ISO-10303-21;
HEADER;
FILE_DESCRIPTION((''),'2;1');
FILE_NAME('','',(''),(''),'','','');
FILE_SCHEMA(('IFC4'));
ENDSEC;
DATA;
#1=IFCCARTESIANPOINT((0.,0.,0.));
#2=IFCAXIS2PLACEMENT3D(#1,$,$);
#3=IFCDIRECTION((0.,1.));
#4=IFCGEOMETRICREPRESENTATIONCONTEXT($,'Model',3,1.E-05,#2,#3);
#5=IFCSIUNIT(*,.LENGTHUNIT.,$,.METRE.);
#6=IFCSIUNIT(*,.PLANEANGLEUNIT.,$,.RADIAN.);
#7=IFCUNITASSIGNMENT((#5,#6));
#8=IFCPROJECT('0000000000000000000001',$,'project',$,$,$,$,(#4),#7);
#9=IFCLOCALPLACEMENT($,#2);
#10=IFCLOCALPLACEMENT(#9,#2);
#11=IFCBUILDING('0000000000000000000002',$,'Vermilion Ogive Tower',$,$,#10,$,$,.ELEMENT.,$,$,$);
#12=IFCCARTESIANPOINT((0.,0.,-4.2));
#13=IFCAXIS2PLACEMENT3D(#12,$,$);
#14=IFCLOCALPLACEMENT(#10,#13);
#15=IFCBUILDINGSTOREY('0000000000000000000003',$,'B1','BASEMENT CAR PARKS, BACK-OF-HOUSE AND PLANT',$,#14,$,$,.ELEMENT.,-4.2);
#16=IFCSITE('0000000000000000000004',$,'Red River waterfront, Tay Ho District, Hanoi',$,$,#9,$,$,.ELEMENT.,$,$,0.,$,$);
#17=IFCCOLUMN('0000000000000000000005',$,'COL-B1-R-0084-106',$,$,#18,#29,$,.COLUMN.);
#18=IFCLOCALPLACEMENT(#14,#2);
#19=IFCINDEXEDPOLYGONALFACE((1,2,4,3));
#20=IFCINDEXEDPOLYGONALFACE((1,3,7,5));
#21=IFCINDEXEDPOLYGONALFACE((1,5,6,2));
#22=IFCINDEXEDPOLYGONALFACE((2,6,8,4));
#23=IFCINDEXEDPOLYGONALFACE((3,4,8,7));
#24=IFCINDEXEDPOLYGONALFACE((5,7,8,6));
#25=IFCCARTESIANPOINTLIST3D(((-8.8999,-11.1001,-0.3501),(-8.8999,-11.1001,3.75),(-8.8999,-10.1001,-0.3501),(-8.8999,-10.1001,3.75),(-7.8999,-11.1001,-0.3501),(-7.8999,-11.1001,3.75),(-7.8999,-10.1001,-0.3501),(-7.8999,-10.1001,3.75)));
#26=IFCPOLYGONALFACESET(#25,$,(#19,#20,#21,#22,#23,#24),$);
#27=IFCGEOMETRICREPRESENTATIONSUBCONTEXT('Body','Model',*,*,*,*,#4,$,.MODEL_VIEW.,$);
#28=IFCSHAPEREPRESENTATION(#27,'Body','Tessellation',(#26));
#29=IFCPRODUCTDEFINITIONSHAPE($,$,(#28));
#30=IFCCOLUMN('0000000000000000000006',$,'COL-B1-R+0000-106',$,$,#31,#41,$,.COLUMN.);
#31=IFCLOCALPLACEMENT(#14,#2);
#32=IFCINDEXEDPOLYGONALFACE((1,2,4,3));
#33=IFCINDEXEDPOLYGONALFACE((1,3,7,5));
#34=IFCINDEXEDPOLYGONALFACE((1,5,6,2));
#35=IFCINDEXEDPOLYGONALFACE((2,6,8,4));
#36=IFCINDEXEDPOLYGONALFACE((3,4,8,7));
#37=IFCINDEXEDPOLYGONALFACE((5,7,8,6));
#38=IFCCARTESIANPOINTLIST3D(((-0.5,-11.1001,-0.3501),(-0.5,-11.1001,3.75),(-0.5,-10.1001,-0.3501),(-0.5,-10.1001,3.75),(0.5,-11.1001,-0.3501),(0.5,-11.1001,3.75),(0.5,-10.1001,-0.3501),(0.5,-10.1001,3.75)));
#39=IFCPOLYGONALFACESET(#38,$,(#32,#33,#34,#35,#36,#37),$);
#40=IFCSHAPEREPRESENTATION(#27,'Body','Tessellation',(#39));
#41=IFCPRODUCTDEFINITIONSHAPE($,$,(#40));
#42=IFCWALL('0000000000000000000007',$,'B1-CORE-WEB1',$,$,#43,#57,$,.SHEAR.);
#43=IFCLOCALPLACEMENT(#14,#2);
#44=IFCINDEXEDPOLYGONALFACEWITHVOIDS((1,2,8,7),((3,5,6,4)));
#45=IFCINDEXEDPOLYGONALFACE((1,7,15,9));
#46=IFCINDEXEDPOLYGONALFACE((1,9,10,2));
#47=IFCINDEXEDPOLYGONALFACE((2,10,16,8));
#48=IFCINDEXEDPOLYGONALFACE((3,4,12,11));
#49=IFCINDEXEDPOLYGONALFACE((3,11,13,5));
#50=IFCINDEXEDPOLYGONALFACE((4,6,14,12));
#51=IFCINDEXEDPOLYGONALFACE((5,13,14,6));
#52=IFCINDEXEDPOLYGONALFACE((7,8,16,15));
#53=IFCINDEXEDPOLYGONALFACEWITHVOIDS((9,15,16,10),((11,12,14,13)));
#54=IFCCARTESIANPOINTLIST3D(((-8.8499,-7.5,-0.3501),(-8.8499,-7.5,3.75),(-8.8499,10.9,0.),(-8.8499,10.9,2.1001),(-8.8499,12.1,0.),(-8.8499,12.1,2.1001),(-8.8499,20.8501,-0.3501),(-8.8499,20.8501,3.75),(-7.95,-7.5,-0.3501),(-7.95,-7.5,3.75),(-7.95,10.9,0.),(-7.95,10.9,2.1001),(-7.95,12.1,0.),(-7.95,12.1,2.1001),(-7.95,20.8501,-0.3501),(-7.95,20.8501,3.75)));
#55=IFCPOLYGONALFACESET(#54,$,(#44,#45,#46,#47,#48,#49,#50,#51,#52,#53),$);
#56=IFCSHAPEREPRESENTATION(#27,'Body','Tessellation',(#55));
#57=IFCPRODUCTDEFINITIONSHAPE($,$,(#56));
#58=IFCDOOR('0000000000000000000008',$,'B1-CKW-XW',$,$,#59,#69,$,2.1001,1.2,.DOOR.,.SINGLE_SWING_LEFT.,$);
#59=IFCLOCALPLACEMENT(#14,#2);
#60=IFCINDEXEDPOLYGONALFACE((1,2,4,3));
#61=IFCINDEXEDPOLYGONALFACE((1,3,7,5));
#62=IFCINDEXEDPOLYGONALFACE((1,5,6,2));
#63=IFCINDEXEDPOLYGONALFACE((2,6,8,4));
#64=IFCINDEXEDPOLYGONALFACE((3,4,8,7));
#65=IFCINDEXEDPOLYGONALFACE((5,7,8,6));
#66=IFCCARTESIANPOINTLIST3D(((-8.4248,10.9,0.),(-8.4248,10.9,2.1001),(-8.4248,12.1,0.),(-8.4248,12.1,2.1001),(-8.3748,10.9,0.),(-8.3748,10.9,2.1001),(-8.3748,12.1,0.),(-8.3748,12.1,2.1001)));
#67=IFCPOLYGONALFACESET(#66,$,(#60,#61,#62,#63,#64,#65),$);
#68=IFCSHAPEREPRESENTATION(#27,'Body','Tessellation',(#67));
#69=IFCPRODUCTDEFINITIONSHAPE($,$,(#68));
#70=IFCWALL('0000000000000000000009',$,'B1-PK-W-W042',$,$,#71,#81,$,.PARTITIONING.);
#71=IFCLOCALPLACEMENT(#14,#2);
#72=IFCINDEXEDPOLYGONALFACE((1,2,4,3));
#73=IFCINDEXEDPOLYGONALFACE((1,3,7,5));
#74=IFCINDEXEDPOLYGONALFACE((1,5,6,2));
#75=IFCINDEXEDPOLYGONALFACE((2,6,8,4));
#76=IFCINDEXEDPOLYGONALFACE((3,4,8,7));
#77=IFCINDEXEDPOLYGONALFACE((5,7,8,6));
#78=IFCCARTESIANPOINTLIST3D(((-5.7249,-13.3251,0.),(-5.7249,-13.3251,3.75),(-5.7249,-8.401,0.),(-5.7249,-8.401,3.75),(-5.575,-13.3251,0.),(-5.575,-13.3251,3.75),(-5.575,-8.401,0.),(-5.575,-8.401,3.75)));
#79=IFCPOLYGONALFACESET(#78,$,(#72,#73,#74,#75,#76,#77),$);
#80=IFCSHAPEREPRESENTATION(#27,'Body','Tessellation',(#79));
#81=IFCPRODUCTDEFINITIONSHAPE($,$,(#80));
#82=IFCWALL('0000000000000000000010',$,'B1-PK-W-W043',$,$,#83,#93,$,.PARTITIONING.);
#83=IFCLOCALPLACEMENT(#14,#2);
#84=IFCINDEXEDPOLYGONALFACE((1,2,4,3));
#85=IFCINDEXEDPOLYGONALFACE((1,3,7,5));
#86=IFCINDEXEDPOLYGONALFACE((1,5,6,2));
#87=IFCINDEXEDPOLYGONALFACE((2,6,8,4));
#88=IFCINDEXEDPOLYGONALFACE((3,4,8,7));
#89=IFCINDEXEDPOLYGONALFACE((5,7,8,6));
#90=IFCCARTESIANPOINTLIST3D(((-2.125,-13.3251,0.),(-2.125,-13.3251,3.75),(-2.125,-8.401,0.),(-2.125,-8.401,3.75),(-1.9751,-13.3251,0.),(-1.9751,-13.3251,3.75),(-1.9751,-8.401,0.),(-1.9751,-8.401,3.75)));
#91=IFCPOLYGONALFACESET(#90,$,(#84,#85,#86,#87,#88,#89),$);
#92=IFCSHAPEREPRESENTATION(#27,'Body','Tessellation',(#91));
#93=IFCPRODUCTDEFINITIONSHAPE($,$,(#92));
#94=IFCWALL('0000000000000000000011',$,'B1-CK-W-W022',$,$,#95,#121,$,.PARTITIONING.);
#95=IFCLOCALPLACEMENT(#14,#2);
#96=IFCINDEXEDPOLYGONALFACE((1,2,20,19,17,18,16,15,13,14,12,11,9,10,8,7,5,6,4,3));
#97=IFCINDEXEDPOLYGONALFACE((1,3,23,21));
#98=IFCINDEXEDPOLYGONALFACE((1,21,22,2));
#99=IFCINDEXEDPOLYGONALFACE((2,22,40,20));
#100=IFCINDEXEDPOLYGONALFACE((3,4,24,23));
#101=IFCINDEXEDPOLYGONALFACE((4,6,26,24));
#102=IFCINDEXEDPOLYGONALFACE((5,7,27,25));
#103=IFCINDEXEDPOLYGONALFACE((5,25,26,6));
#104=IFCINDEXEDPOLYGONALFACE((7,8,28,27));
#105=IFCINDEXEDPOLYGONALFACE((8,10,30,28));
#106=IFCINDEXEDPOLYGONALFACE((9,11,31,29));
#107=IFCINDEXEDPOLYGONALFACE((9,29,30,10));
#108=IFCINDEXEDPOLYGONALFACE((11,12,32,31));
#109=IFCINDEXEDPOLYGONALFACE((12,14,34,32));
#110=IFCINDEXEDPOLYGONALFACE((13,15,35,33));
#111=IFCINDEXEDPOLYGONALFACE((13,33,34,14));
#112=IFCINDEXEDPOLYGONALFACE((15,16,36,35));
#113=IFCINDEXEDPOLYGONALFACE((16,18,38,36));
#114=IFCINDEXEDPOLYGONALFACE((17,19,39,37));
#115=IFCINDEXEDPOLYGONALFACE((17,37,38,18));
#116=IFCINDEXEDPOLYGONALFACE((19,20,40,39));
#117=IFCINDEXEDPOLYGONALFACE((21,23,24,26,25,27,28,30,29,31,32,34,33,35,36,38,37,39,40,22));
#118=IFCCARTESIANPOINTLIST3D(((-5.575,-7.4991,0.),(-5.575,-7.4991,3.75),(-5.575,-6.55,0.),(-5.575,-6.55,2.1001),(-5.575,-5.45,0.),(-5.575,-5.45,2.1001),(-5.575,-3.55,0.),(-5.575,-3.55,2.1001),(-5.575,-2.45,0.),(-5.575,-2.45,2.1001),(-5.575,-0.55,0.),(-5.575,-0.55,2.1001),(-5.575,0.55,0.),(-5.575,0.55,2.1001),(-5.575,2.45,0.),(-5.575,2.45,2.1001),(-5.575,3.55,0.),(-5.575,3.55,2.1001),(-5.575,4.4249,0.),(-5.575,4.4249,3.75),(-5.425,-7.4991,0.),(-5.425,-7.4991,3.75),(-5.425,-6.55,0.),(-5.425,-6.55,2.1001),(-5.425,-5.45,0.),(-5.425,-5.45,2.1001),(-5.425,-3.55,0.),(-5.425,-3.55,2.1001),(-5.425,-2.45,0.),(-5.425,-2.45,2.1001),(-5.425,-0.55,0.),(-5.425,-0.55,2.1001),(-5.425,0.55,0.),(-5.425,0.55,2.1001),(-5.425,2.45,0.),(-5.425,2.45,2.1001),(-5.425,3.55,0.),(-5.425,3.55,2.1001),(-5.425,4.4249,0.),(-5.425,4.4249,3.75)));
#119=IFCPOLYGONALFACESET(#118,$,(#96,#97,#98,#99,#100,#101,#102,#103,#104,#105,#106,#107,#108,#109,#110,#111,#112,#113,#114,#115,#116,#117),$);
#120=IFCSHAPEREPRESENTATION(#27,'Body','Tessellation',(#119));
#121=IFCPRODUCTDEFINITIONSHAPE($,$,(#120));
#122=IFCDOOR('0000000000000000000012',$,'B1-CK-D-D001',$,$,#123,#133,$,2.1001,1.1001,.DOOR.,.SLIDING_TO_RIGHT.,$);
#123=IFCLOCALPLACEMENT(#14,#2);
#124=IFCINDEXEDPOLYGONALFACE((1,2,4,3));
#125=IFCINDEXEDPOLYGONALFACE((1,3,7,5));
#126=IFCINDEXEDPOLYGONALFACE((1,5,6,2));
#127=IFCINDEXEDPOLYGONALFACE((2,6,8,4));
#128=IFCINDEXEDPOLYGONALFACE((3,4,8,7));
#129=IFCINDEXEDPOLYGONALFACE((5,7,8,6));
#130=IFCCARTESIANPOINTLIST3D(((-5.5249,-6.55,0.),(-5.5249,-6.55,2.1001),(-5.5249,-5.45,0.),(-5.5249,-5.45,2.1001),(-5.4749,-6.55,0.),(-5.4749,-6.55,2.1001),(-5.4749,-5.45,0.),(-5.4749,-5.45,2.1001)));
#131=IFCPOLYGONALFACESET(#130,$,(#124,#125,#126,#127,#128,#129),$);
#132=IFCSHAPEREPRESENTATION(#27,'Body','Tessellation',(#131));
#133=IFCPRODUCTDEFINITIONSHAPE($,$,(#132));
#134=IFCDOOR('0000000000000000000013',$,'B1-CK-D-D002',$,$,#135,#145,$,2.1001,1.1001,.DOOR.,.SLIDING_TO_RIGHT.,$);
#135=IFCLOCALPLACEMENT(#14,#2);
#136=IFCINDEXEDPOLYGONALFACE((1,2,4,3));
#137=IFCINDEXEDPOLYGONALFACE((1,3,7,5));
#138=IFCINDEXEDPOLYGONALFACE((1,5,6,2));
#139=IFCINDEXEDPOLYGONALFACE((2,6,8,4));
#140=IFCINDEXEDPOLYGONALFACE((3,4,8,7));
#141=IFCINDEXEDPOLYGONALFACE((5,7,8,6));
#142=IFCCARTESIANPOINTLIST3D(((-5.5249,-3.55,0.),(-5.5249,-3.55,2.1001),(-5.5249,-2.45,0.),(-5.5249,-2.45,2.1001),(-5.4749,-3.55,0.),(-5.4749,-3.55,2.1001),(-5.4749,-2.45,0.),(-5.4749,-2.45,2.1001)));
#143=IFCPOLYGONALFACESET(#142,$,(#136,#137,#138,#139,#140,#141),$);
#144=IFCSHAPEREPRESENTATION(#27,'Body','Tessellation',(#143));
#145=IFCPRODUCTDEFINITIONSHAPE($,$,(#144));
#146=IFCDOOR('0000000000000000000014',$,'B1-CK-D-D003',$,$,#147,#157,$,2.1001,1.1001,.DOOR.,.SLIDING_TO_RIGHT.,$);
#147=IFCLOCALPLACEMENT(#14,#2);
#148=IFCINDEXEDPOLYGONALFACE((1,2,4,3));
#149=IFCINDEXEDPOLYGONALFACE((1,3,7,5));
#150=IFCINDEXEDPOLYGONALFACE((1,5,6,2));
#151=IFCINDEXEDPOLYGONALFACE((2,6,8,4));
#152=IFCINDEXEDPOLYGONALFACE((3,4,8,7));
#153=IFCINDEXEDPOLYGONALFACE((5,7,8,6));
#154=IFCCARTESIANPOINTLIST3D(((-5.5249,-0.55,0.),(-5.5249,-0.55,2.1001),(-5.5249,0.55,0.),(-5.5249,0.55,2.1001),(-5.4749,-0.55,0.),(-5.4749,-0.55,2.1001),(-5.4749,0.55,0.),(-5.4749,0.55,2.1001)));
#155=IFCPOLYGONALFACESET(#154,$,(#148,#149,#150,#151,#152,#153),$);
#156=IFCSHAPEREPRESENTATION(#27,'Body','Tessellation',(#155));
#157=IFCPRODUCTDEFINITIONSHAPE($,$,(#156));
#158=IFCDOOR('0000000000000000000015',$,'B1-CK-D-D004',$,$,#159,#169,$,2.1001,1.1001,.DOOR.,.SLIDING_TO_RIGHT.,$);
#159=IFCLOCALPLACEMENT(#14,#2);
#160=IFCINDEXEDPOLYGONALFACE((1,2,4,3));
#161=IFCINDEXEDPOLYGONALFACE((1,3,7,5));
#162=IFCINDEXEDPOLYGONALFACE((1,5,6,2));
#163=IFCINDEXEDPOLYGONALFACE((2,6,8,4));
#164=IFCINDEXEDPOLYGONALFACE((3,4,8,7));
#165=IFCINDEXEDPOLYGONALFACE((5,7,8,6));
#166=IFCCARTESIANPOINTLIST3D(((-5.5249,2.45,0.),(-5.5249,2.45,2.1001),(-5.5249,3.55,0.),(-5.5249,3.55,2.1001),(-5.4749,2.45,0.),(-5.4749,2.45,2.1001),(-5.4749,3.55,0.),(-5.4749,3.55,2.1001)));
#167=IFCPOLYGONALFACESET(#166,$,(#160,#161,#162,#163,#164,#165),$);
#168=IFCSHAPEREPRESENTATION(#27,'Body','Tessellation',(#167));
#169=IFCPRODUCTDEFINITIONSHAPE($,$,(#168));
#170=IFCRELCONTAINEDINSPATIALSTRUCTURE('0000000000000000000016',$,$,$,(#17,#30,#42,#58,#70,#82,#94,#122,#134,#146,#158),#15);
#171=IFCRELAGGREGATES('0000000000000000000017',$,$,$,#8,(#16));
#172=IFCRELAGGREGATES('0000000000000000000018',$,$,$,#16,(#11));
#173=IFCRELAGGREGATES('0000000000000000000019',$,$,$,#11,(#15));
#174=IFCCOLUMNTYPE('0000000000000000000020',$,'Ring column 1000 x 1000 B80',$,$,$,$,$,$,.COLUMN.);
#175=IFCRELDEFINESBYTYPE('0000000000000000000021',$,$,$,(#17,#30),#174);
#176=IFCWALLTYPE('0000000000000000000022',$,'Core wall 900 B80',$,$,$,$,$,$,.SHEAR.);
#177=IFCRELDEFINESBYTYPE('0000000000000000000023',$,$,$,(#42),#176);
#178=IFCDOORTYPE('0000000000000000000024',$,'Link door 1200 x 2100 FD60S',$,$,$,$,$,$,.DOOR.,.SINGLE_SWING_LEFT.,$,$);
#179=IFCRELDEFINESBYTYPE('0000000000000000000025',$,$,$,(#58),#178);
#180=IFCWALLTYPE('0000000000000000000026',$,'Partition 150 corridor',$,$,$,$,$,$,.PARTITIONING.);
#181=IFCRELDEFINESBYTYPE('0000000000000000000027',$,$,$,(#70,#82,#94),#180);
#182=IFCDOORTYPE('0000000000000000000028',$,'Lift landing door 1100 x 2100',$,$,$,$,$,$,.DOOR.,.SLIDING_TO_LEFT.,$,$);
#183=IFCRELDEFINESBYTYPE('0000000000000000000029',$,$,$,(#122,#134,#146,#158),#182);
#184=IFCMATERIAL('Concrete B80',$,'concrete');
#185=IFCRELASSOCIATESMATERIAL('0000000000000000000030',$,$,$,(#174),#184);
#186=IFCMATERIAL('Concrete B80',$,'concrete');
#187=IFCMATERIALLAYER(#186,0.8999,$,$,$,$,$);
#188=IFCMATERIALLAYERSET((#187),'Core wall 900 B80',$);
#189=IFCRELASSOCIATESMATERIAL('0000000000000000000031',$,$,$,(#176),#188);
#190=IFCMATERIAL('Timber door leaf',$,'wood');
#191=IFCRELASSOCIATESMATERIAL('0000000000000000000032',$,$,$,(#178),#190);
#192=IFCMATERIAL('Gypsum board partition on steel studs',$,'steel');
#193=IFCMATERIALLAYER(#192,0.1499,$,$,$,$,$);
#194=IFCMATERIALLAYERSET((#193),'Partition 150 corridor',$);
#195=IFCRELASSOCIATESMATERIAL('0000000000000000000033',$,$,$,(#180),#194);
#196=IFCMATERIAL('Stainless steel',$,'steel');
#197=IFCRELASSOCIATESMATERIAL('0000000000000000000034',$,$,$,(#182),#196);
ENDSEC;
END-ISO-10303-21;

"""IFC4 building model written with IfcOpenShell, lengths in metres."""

from ifc_helpers import new_model, si_unit, direction, frame, frame_2d, origin, origin_2d, place, context, subcontext, project, spatial, rectangle, extrude, material, layer, layer_set, material_profile, profile_set, type_object, element, fill, save


model = new_model("IFC4")

# Units and contexts
model_context = context("Model", 3, precision=1e-05, world=origin(), true_north=direction((0.0, 1.0)))
body_context = subcontext(model_context, "Body", "Model", "MODEL_VIEW")
ifc_project = project(units=[si_unit("LENGTHUNIT", "METRE"), si_unit("PLANEANGLEUNIT", "RADIAN")], contexts=[model_context])

# Site, building, storey
site_placement = place(None, origin())
site = spatial("IfcSite", under=ifc_project, at=site_placement, Name="Red River waterfront, Tay Ho District, Hanoi", CompositionType="ELEMENT", RefElevation=0.0)
building_placement = place(site_placement, origin())
building = spatial("IfcBuilding", under=site, at=building_placement, Name="Vermilion Ogive Tower", CompositionType="ELEMENT")
storey_placement = place(building_placement, frame((0.0, 0.0, -4.2)))
storey = spatial("IfcBuildingStorey", under=building, at=storey_placement, Name="B1", Description="BASEMENT CAR PARKS, BACK-OF-HOUSE AND PLANT", CompositionType="ELEMENT", Elevation=-4.2)

# Columns
ifc_material_1 = material(Name="Concrete B80", Category="concrete")
ifc_material_profile = material_profile(ifc_material_1, rectangle(XDim=1.0, YDim=1.0, at=origin_2d()), Name="1000 x 1000")
ifc_profile_set = profile_set([ifc_material_profile], Name="Concrete B80")
column_type = type_object("IfcColumnType", Name="Ring column 1000 x 1000 B80", PredefinedType="COLUMN", material=ifc_profile_set)
for number, where, z_axis, x_axis, name in (
    (1, (-8.3999, -10.6001, -0.3501), (0.0, 0.0, 1.0), (1.0, 0.0, 0.0), "COL-B1-R-0084-106"),
    (2, (0.0, -10.6001, -0.3501), (0.0, 0.0, 1.0), (1.0, 0.0, 0.0), "COL-B1-R+0000-106"),
):
    element("IfcColumn", number, at=place(storey_placement, frame(where, z_axis=z_axis, x_axis=x_axis)), inside=storey, type_object=column_type, Name=name, PredefinedType="COLUMN", context=body_context, shape_type="SweptSolid", body=[
        extrude(rectangle(XDim=1.0, YDim=1.0, at=origin_2d()), origin(), (0.0, 0.0, 1.0), 4.1001),
    ])

# Wall, opening, door
ifc_material_2 = material(Name="Concrete B80", Category="concrete")
ifc_layer_1 = layer(ifc_material_2, 0.8999)
ifc_layer_set_1 = layer_set([ifc_layer_1], Name="Core wall 900 B80")
wall_type_1 = type_object("IfcWallType", Name="Core wall 900 B80", PredefinedType="SHEAR", material=ifc_layer_set_1)
wall_1_placement = place(storey_placement, frame((-8.3999, -7.5, -0.3501), z_axis=(0.0, 0.0, 1.0), x_axis=(0.0, 1.0, 0.0)))
wall_1 = element("IfcWall", 3, at=wall_1_placement, inside=storey, type_object=wall_type_1, Name="B1-CORE-WEB1", PredefinedType="SHEAR", context=body_context, shape_type="SweptSolid", body=[
    extrude(rectangle(XDim=28.3501, YDim=0.8999, at=frame_2d((14.175, 0.0))), origin(), (0.0, 0.0, 1.0), 4.1001),
])
opening_1_placement = place(wall_1_placement, frame((18.3999, 0.0, 0.3501)))
opening_1 = element("IfcOpeningElement", 4, at=opening_1_placement, cuts=wall_1, PredefinedType="OPENING", context=body_context, shape_type="SweptSolid", body=[
    extrude(rectangle(XDim=1.2, YDim=2.1001, at=frame_2d((0.6001, 1.05))), frame((0.0, 0.46, 0.0), z_axis=(0.0, -1.0, 0.0), x_axis=(1.0, 0.0, 0.0)), (0.0, 0.0, 1.0), 0.9199),
])
ifc_material_3 = material(Name="Timber door leaf", Category="wood")
door_type_1 = type_object("IfcDoorType", Name="Link door 1200 x 2100 FD60S", OperationType="SINGLE_SWING_LEFT", PredefinedType="DOOR", material=ifc_material_3)
door_1_placement = place(opening_1_placement, origin())
door_1 = element("IfcDoor", 5, at=door_1_placement, inside=storey, type_object=door_type_1, Name="B1-CKW-XW", OperationType="SINGLE_SWING_LEFT", OverallHeight=2.1001, OverallWidth=1.2, PredefinedType="DOOR", context=body_context, shape_type="SweptSolid", body=[
    extrude(rectangle(XDim=1.2, YDim=2.1001, at=frame_2d((0.6001, 1.05))), frame((0.0, 0.0249, 0.0), z_axis=(0.0, -1.0, 0.0), x_axis=(1.0, 0.0, 0.0)), (0.0, 0.0, 1.0), 0.05),
])
fill(opening_1, door_1)

# Walls
ifc_material_4 = material(Name="Gypsum board partition on steel studs", Category="steel")
ifc_layer_2 = layer(ifc_material_4, 0.1499)
ifc_layer_set_2 = layer_set([ifc_layer_2], Name="Partition 150 corridor")
wall_type_2 = type_object("IfcWallType", Name="Partition 150 corridor", PredefinedType="PARTITIONING", material=ifc_layer_set_2)
for number, where, z_axis, x_axis, name in (
    (6, (-5.6499, -13.325, 0.0), (0.0, 0.0, 1.0), (0.0, 1.0, 0.0), "B1-PK-W-W042"),
    (7, (-2.05, -13.325, 0.0), (0.0, 0.0, 1.0), (0.0, 1.0, 0.0), "B1-PK-W-W043"),
):
    element("IfcWall", number, at=place(storey_placement, frame(where, z_axis=z_axis, x_axis=x_axis)), inside=storey, type_object=wall_type_2, Name=name, PredefinedType="PARTITIONING", context=body_context, shape_type="SweptSolid", body=[
        extrude(rectangle(XDim=4.9241, YDim=0.1499, at=frame_2d((2.4619, 0.0))), origin(), (0.0, 0.0, 1.0), 3.75),
    ])

# Wall, openings, doors
wall_2_placement = place(storey_placement, frame((-5.5, -7.499, 0.0), z_axis=(0.0, 0.0, 1.0), x_axis=(0.0, 1.0, 0.0)))
wall_2 = element("IfcWall", 8, at=wall_2_placement, inside=storey, type_object=wall_type_2, Name="B1-CK-W-W022", PredefinedType="PARTITIONING", context=body_context, shape_type="SweptSolid", body=[
    extrude(rectangle(XDim=11.9241, YDim=0.1499, at=frame_2d((5.9619, 0.0))), origin(), (0.0, 0.0, 1.0), 3.75),
])
opening_2_placement = place(wall_2_placement, frame((0.949, 0.0, 0.0)))
opening_2 = element("IfcOpeningElement", 9, at=opening_2_placement, cuts=wall_2, PredefinedType="OPENING", context=body_context, shape_type="SweptSolid", body=[
    extrude(rectangle(XDim=1.1001, YDim=2.1001, at=frame_2d((0.55, 1.05))), frame((0.0, 0.085, 0.0), z_axis=(0.0, -1.0, 0.0), x_axis=(1.0, 0.0, 0.0)), (0.0, 0.0, 1.0), 0.1699),
])
opening_3_placement = place(wall_2_placement, frame((3.949, 0.0, 0.0)))
opening_3 = element("IfcOpeningElement", 10, at=opening_3_placement, cuts=wall_2, PredefinedType="OPENING", context=body_context, shape_type="SweptSolid", body=[
    extrude(rectangle(XDim=1.1001, YDim=2.1001, at=frame_2d((0.55, 1.05))), frame((0.0, 0.085, 0.0), z_axis=(0.0, -1.0, 0.0), x_axis=(1.0, 0.0, 0.0)), (0.0, 0.0, 1.0), 0.1699),
])
opening_4_placement = place(wall_2_placement, frame((6.949, 0.0, 0.0)))
opening_4 = element("IfcOpeningElement", 11, at=opening_4_placement, cuts=wall_2, PredefinedType="OPENING", context=body_context, shape_type="SweptSolid", body=[
    extrude(rectangle(XDim=1.1001, YDim=2.1001, at=frame_2d((0.55, 1.05))), frame((0.0, 0.085, 0.0), z_axis=(0.0, -1.0, 0.0), x_axis=(1.0, 0.0, 0.0)), (0.0, 0.0, 1.0), 0.1699),
])
opening_5_placement = place(wall_2_placement, frame((9.949, 0.0, 0.0)))
opening_5 = element("IfcOpeningElement", 12, at=opening_5_placement, cuts=wall_2, PredefinedType="OPENING", context=body_context, shape_type="SweptSolid", body=[
    extrude(rectangle(XDim=1.1001, YDim=2.1001, at=frame_2d((0.55, 1.05))), frame((0.0, 0.085, 0.0), z_axis=(0.0, -1.0, 0.0), x_axis=(1.0, 0.0, 0.0)), (0.0, 0.0, 1.0), 0.1699),
])
ifc_material_5 = material(Name="Stainless steel", Category="steel")
door_type_2 = type_object("IfcDoorType", Name="Lift landing door 1100 x 2100", OperationType="SLIDING_TO_LEFT", PredefinedType="DOOR", material=ifc_material_5)
door_2_placement = place(opening_2_placement, origin())
door_2 = element("IfcDoor", 13, at=door_2_placement, inside=storey, type_object=door_type_2, Name="B1-CK-D-D001", OperationType="SLIDING_TO_RIGHT", OverallHeight=2.1001, OverallWidth=1.1001, PredefinedType="DOOR", context=body_context, shape_type="SweptSolid", body=[
    extrude(rectangle(XDim=1.1001, YDim=2.1001, at=frame_2d((0.55, 1.05))), frame((0.0, 0.0249, 0.0), z_axis=(0.0, -1.0, 0.0), x_axis=(1.0, 0.0, 0.0)), (0.0, 0.0, 1.0), 0.05),
])
fill(opening_2, door_2)
door_3_placement = place(opening_3_placement, origin())
door_3 = element("IfcDoor", 14, at=door_3_placement, inside=storey, type_object=door_type_2, Name="B1-CK-D-D002", OperationType="SLIDING_TO_RIGHT", OverallHeight=2.1001, OverallWidth=1.1001, PredefinedType="DOOR", context=body_context, shape_type="SweptSolid", body=[
    extrude(rectangle(XDim=1.1001, YDim=2.1001, at=frame_2d((0.55, 1.05))), frame((0.0, 0.0249, 0.0), z_axis=(0.0, -1.0, 0.0), x_axis=(1.0, 0.0, 0.0)), (0.0, 0.0, 1.0), 0.05),
])
fill(opening_3, door_3)
door_4_placement = place(opening_4_placement, origin())
door_4 = element("IfcDoor", 15, at=door_4_placement, inside=storey, type_object=door_type_2, Name="B1-CK-D-D003", OperationType="SLIDING_TO_RIGHT", OverallHeight=2.1001, OverallWidth=1.1001, PredefinedType="DOOR", context=body_context, shape_type="SweptSolid", body=[
    extrude(rectangle(XDim=1.1001, YDim=2.1001, at=frame_2d((0.55, 1.05))), frame((0.0, 0.0249, 0.0), z_axis=(0.0, -1.0, 0.0), x_axis=(1.0, 0.0, 0.0)), (0.0, 0.0, 1.0), 0.05),
])
fill(opening_4, door_4)
door_5_placement = place(opening_5_placement, origin())
door_5 = element("IfcDoor", 16, at=door_5_placement, inside=storey, type_object=door_type_2, Name="B1-CK-D-D004", OperationType="SLIDING_TO_RIGHT", OverallHeight=2.1001, OverallWidth=1.1001, PredefinedType="DOOR", context=body_context, shape_type="SweptSolid", body=[
    extrude(rectangle(XDim=1.1001, YDim=2.1001, at=frame_2d((0.55, 1.05))), frame((0.0, 0.0249, 0.0), z_axis=(0.0, -1.0, 0.0), x_axis=(1.0, 0.0, 0.0)), (0.0, 0.0, 1.0), 0.05),
])
fill(opening_5, door_5)

save(model, "model.ifc")
